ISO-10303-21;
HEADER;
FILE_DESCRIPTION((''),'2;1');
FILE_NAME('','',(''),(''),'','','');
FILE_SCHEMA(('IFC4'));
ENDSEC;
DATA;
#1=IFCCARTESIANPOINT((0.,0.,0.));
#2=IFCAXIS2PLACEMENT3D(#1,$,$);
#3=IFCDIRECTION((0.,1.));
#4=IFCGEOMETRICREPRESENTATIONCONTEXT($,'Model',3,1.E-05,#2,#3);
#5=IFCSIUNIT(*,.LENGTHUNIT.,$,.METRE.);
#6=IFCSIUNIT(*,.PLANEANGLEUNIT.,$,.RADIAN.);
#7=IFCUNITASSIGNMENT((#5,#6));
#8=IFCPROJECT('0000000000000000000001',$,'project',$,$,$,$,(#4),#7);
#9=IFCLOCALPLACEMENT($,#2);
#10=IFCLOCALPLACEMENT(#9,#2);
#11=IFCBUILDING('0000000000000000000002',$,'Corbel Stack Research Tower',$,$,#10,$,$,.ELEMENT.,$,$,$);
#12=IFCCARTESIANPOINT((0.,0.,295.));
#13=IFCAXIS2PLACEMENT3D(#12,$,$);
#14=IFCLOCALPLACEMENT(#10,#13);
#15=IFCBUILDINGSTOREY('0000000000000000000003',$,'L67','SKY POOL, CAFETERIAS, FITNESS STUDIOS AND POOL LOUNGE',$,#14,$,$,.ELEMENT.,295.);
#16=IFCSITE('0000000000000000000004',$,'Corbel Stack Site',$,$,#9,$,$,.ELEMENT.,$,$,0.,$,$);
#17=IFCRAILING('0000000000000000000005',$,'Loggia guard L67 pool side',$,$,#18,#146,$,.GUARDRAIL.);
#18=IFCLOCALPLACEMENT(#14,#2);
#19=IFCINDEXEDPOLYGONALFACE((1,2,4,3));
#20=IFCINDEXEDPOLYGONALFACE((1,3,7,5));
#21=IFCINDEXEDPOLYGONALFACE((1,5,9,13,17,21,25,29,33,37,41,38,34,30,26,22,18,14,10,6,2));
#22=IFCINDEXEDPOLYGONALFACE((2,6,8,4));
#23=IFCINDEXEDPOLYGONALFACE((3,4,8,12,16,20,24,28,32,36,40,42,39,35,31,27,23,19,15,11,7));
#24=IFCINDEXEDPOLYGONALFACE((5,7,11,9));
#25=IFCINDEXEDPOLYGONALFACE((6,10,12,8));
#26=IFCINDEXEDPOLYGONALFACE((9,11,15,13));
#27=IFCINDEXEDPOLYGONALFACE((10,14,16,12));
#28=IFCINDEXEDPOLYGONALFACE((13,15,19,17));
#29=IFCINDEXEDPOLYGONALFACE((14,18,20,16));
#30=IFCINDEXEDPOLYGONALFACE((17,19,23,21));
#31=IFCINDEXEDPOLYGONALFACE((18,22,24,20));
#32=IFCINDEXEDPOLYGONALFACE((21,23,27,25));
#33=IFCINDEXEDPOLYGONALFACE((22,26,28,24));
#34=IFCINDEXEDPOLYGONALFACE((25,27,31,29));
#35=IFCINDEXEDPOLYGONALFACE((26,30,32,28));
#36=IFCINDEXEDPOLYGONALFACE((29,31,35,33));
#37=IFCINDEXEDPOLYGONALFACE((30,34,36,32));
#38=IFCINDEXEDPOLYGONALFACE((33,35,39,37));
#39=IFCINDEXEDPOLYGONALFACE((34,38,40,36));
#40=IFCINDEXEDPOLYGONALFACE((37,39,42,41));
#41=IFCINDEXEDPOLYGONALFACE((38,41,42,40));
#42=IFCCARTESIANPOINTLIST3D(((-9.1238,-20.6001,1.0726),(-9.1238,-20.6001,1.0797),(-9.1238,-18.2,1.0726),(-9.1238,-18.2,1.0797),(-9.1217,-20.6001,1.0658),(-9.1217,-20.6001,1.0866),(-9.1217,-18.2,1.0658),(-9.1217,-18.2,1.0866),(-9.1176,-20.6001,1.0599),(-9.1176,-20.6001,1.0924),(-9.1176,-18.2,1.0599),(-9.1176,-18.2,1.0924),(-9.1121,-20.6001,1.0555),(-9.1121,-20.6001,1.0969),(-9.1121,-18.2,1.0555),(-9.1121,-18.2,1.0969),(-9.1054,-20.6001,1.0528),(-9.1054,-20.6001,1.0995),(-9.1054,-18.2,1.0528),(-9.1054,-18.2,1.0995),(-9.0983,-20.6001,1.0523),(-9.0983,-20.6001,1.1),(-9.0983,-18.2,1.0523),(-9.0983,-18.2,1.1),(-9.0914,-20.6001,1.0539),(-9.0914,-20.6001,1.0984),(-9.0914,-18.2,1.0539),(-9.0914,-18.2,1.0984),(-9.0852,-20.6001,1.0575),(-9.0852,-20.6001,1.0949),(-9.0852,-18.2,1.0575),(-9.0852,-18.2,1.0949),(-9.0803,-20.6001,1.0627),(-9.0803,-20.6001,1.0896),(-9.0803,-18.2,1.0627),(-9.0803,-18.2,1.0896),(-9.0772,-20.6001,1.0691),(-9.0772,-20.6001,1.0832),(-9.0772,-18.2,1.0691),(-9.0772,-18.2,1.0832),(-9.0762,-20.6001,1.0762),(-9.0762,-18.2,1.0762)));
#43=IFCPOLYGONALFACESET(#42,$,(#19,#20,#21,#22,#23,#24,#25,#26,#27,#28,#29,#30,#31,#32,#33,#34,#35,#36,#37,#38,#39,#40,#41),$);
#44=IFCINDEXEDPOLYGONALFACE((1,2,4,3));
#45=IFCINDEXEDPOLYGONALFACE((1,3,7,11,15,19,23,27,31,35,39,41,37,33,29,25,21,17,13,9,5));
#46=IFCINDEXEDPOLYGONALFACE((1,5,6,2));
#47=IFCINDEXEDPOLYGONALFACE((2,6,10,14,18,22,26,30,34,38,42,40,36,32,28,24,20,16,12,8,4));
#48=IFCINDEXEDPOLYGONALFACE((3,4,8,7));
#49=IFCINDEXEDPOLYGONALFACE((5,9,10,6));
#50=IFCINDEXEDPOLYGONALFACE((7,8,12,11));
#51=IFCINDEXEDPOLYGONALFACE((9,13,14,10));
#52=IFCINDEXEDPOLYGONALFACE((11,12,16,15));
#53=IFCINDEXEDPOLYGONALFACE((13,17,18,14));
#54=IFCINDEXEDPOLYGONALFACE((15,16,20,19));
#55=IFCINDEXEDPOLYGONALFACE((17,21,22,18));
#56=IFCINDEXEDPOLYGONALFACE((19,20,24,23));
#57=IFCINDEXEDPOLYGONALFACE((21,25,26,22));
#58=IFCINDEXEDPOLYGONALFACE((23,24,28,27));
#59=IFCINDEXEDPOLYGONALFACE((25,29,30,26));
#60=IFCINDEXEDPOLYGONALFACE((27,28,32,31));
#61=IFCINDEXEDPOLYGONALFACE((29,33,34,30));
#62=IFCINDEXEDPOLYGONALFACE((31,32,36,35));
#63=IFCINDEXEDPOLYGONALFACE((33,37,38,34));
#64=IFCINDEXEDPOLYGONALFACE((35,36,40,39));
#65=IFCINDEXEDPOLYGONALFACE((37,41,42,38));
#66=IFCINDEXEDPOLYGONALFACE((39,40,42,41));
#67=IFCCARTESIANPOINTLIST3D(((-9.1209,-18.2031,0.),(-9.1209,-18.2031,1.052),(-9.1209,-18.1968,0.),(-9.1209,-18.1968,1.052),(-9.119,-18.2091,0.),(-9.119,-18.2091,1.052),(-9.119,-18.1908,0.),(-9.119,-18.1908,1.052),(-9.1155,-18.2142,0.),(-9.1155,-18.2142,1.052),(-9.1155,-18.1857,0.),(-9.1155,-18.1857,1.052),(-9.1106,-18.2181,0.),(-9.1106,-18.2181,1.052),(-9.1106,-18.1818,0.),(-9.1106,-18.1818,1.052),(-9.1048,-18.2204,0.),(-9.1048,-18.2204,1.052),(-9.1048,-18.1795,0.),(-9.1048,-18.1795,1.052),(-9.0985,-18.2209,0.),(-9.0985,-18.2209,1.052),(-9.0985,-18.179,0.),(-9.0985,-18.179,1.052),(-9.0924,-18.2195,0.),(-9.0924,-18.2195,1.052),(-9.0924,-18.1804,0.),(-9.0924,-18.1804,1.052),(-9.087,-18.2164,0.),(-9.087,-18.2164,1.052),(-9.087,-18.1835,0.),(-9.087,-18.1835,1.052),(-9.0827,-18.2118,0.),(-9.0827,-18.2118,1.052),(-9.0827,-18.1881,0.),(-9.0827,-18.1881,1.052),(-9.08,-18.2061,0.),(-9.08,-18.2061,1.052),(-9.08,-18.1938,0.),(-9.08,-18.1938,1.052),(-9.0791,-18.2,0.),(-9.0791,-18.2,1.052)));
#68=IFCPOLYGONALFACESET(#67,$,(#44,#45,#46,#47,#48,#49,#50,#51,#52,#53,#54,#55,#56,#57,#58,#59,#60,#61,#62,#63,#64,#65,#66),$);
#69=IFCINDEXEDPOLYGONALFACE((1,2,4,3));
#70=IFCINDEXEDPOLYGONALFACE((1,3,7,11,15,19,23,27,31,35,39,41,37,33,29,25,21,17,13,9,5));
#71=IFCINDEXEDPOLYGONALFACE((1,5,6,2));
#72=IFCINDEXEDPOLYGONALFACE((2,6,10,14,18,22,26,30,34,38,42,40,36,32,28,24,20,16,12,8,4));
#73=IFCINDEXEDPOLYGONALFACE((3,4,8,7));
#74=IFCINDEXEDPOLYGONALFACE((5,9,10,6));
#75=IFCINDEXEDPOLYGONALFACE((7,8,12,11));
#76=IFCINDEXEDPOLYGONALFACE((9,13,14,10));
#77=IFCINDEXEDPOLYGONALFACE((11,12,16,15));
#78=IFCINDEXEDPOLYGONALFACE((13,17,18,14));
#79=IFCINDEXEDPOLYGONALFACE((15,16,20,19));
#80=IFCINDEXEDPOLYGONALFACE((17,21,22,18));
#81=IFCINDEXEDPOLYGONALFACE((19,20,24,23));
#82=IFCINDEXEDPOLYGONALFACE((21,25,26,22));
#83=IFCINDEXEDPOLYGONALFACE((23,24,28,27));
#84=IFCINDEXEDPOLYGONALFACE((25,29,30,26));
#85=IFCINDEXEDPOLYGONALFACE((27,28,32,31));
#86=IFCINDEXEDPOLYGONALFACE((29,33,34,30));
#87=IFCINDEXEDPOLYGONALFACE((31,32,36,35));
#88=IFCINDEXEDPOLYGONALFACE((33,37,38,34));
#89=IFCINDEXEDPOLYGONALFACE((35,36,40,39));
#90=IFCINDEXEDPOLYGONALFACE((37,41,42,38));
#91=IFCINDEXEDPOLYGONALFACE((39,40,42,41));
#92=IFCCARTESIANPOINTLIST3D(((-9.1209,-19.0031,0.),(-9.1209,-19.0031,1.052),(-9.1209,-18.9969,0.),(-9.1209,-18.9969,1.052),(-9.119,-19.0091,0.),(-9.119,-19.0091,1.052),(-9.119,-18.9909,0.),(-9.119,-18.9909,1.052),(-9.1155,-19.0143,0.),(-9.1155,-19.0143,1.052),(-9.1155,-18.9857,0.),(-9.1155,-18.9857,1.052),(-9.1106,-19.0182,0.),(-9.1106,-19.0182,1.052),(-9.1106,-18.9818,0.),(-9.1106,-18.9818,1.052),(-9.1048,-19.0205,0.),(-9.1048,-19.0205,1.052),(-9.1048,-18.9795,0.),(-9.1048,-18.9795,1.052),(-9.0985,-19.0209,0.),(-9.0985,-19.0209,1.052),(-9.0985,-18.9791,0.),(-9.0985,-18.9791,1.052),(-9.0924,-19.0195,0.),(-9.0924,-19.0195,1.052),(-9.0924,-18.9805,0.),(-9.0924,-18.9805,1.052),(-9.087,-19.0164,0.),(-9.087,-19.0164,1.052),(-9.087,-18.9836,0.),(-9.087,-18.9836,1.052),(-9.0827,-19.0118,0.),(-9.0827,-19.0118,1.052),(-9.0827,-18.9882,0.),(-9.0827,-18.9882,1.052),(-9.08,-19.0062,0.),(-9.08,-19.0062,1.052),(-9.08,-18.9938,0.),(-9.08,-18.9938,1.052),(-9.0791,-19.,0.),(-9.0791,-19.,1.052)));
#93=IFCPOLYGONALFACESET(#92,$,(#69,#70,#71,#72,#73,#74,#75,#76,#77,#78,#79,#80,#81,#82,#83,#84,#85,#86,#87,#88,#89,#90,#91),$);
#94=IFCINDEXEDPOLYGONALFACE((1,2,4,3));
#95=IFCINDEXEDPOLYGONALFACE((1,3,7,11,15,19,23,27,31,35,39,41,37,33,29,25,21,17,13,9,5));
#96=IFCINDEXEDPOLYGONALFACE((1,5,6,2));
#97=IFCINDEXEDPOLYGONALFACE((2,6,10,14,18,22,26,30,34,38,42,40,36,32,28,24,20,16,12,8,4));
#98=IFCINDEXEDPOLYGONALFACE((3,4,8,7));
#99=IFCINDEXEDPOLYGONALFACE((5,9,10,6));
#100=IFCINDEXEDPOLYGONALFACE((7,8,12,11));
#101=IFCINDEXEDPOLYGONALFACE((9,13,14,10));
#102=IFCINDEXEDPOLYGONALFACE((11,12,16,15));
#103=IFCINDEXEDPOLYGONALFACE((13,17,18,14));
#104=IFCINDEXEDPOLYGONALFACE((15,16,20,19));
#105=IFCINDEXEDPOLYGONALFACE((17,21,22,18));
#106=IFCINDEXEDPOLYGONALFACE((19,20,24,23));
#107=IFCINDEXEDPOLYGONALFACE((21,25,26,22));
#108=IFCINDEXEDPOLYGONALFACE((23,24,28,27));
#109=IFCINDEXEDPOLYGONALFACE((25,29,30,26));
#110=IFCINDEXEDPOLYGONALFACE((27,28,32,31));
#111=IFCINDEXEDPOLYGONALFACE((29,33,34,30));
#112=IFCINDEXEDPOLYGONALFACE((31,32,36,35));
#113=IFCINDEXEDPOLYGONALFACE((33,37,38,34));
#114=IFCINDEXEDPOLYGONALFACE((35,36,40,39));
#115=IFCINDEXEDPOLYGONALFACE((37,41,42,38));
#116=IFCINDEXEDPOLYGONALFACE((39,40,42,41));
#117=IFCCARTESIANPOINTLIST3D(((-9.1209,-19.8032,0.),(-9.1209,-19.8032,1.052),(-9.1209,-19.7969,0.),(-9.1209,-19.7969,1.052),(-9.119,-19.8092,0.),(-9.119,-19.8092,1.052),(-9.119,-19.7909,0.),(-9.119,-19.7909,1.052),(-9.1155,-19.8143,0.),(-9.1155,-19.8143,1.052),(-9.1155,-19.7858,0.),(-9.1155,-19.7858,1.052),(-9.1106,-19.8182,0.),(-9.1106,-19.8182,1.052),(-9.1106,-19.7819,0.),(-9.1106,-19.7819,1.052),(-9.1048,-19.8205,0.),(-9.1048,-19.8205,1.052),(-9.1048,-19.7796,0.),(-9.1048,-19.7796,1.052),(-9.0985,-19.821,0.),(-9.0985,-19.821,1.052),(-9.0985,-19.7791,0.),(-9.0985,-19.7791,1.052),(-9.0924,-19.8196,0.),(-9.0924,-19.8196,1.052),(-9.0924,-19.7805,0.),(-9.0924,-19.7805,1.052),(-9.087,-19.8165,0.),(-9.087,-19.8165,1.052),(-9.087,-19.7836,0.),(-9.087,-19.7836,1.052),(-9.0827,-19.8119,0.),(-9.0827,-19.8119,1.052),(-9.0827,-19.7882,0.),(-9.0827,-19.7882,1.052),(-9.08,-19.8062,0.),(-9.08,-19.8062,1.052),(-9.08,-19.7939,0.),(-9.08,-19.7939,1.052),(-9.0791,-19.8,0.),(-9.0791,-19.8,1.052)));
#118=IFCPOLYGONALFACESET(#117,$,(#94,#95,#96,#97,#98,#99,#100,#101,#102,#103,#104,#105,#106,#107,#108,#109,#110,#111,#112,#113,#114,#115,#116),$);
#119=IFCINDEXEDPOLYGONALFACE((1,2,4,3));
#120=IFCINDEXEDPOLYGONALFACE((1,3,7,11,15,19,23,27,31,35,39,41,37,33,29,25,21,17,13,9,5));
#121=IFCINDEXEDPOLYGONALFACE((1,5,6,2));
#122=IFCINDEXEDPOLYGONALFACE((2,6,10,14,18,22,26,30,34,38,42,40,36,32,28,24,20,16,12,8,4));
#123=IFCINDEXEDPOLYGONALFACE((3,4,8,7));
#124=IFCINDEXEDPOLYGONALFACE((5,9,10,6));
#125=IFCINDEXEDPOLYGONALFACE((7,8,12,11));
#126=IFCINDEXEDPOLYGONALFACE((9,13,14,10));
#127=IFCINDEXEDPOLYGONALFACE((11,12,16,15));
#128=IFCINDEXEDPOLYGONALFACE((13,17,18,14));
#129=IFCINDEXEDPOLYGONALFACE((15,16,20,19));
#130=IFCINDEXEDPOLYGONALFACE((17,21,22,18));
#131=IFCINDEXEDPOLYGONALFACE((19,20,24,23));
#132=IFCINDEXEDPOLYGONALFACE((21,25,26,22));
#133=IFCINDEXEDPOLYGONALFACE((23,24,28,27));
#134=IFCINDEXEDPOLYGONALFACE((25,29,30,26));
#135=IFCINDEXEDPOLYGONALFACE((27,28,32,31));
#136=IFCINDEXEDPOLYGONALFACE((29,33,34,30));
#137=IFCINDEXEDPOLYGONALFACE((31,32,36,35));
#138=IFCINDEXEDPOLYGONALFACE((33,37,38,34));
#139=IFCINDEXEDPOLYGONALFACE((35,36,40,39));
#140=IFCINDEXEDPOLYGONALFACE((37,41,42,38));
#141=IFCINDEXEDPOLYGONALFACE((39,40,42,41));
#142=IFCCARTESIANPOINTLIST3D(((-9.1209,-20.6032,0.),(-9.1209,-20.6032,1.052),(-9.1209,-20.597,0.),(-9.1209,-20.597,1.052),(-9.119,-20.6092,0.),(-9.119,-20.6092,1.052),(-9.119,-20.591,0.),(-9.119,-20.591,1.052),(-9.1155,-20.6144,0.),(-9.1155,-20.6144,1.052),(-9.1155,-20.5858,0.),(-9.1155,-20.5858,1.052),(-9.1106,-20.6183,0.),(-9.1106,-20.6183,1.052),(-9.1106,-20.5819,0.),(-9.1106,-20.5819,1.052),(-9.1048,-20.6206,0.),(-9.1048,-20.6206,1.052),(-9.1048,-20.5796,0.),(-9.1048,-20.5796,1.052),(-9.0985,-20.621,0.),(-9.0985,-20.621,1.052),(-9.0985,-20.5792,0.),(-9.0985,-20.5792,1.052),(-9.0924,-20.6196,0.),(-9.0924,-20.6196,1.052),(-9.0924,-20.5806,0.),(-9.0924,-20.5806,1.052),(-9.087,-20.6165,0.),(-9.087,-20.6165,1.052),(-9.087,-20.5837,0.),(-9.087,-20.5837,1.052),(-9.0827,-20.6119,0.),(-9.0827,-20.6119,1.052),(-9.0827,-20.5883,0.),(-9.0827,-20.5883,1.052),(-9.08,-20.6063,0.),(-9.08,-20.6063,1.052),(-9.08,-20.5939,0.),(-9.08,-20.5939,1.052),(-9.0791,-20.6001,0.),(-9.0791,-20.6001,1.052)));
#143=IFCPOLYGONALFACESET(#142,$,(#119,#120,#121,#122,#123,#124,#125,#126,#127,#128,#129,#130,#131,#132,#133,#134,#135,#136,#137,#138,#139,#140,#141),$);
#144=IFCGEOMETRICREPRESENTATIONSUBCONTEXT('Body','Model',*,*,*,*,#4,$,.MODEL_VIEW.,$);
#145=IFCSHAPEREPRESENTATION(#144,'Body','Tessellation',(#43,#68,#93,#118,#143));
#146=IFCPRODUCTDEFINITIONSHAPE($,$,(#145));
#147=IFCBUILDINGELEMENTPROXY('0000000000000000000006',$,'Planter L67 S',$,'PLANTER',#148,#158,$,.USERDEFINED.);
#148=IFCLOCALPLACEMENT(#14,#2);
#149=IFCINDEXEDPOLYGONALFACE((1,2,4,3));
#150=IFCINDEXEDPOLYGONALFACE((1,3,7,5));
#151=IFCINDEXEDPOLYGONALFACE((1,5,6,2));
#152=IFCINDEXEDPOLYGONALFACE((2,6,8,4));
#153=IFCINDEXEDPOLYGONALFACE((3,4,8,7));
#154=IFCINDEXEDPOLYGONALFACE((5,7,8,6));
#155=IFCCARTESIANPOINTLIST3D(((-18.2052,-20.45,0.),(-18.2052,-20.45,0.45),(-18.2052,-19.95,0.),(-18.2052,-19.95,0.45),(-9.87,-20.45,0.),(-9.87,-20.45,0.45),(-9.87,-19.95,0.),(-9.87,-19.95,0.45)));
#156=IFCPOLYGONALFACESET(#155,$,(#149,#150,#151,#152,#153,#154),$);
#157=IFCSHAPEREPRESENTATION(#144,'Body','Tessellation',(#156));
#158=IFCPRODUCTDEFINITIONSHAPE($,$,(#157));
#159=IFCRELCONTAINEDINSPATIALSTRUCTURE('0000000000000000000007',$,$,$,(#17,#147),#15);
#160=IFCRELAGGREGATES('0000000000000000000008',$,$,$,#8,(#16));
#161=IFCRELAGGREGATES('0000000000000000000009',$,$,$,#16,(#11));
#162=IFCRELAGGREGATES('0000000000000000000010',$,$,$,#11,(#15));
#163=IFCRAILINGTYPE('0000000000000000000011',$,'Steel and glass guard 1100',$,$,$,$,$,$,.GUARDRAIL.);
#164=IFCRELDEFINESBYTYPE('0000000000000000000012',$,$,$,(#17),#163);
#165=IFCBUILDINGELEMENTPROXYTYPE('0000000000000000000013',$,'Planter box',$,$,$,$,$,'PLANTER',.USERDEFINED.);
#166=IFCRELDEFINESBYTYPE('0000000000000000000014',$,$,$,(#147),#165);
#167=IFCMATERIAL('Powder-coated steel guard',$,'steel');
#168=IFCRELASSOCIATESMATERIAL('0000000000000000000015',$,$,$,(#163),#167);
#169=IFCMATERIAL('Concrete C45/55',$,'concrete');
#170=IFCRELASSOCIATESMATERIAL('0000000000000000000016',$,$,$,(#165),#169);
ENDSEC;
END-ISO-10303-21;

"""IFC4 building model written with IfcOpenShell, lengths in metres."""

from ifc_helpers import new_model, si_unit, direction, frame, origin, origin_2d, place, context, subcontext, project, spatial, rectangle, circle, extrude, material, type_object, element, save


model = new_model("IFC4")

# Units and contexts
model_context = context("Model", 3, precision=1e-05, world=origin(), true_north=direction((0.0, 1.0)))
body_context = subcontext(model_context, "Body", "Model", "MODEL_VIEW")
ifc_project = project(units=[si_unit("LENGTHUNIT", "METRE"), si_unit("PLANEANGLEUNIT", "RADIAN")], contexts=[model_context])

# Site, building, storey
site_placement = place(None, origin())
site = spatial("IfcSite", under=ifc_project, at=site_placement, Name="Corbel Stack Site", CompositionType="ELEMENT", RefElevation=0.0)
building_placement = place(site_placement, origin())
building = spatial("IfcBuilding", under=site, at=building_placement, Name="Corbel Stack Research Tower", CompositionType="ELEMENT")
storey_placement = place(building_placement, frame((0.0, 0.0, 295.0)))
storey = spatial("IfcBuildingStorey", under=building, at=storey_placement, Name="L67", Description="SKY POOL, CAFETERIAS, FITNESS STUDIOS AND POOL LOUNGE", CompositionType="ELEMENT", Elevation=295.0)

# Railing
ifc_material_1 = material(Name="Powder-coated steel guard", Category="steel")
railing_type_1 = type_object("IfcRailingType", Name="Steel and glass guard 1100", PredefinedType="GUARDRAIL", material=ifc_material_1)
railing_1_placement = place(storey_placement, frame((-9.1001, -18.2, 0.0)))
element("IfcRailing", 1, at=railing_1_placement, inside=storey, type_object=railing_type_1, Name="Loggia guard L67 pool side", PredefinedType="GUARDRAIL", context=body_context, shape_type="SweptSolid", body=[
    extrude(circle(Radius=0.0239, at=origin_2d()), frame((0.0, 0.0, 1.0762), z_axis=(0.0, -1.0, 0.0), x_axis=(1.0, 0.0, 0.0)), (0.0, 0.0, 1.0), 2.4001),
    extrude(circle(Radius=0.021, at=origin_2d()), origin(), (0.0, 0.0, 1.0), 1.052),
    extrude(circle(Radius=0.021, at=origin_2d()), frame((0.0, -0.8, 0.0)), (0.0, 0.0, 1.0), 1.052),
    extrude(circle(Radius=0.021, at=origin_2d()), frame((0.0, -1.6001, 0.0)), (0.0, 0.0, 1.0), 1.052),
    extrude(circle(Radius=0.021, at=origin_2d()), frame((0.0, -2.4001, 0.0)), (0.0, 0.0, 1.0), 1.052),
])

# Building element proxy
ifc_material_2 = material(Name="Concrete C45/55", Category="concrete")
building_element_proxy_type = type_object("IfcBuildingElementProxyType", Name="Planter box", ElementType="PLANTER", PredefinedType="USERDEFINED", material=ifc_material_2)
proxy_placement = place(storey_placement, frame((-14.0376, -20.2, 0.0), z_axis=(0.0, 0.0, 1.0), x_axis=(1.0, 0.0, 0.0)))
element("IfcBuildingElementProxy", 2, at=proxy_placement, inside=storey, type_object=building_element_proxy_type, Name="Planter L67 S", ObjectType="PLANTER", PredefinedType="USERDEFINED", context=body_context, shape_type="SweptSolid", body=[
    extrude(rectangle(XDim=8.3352, YDim=0.5, at=origin_2d()), origin(), (0.0, 0.0, 1.0), 0.45),
])

save(model, "model.ifc")
